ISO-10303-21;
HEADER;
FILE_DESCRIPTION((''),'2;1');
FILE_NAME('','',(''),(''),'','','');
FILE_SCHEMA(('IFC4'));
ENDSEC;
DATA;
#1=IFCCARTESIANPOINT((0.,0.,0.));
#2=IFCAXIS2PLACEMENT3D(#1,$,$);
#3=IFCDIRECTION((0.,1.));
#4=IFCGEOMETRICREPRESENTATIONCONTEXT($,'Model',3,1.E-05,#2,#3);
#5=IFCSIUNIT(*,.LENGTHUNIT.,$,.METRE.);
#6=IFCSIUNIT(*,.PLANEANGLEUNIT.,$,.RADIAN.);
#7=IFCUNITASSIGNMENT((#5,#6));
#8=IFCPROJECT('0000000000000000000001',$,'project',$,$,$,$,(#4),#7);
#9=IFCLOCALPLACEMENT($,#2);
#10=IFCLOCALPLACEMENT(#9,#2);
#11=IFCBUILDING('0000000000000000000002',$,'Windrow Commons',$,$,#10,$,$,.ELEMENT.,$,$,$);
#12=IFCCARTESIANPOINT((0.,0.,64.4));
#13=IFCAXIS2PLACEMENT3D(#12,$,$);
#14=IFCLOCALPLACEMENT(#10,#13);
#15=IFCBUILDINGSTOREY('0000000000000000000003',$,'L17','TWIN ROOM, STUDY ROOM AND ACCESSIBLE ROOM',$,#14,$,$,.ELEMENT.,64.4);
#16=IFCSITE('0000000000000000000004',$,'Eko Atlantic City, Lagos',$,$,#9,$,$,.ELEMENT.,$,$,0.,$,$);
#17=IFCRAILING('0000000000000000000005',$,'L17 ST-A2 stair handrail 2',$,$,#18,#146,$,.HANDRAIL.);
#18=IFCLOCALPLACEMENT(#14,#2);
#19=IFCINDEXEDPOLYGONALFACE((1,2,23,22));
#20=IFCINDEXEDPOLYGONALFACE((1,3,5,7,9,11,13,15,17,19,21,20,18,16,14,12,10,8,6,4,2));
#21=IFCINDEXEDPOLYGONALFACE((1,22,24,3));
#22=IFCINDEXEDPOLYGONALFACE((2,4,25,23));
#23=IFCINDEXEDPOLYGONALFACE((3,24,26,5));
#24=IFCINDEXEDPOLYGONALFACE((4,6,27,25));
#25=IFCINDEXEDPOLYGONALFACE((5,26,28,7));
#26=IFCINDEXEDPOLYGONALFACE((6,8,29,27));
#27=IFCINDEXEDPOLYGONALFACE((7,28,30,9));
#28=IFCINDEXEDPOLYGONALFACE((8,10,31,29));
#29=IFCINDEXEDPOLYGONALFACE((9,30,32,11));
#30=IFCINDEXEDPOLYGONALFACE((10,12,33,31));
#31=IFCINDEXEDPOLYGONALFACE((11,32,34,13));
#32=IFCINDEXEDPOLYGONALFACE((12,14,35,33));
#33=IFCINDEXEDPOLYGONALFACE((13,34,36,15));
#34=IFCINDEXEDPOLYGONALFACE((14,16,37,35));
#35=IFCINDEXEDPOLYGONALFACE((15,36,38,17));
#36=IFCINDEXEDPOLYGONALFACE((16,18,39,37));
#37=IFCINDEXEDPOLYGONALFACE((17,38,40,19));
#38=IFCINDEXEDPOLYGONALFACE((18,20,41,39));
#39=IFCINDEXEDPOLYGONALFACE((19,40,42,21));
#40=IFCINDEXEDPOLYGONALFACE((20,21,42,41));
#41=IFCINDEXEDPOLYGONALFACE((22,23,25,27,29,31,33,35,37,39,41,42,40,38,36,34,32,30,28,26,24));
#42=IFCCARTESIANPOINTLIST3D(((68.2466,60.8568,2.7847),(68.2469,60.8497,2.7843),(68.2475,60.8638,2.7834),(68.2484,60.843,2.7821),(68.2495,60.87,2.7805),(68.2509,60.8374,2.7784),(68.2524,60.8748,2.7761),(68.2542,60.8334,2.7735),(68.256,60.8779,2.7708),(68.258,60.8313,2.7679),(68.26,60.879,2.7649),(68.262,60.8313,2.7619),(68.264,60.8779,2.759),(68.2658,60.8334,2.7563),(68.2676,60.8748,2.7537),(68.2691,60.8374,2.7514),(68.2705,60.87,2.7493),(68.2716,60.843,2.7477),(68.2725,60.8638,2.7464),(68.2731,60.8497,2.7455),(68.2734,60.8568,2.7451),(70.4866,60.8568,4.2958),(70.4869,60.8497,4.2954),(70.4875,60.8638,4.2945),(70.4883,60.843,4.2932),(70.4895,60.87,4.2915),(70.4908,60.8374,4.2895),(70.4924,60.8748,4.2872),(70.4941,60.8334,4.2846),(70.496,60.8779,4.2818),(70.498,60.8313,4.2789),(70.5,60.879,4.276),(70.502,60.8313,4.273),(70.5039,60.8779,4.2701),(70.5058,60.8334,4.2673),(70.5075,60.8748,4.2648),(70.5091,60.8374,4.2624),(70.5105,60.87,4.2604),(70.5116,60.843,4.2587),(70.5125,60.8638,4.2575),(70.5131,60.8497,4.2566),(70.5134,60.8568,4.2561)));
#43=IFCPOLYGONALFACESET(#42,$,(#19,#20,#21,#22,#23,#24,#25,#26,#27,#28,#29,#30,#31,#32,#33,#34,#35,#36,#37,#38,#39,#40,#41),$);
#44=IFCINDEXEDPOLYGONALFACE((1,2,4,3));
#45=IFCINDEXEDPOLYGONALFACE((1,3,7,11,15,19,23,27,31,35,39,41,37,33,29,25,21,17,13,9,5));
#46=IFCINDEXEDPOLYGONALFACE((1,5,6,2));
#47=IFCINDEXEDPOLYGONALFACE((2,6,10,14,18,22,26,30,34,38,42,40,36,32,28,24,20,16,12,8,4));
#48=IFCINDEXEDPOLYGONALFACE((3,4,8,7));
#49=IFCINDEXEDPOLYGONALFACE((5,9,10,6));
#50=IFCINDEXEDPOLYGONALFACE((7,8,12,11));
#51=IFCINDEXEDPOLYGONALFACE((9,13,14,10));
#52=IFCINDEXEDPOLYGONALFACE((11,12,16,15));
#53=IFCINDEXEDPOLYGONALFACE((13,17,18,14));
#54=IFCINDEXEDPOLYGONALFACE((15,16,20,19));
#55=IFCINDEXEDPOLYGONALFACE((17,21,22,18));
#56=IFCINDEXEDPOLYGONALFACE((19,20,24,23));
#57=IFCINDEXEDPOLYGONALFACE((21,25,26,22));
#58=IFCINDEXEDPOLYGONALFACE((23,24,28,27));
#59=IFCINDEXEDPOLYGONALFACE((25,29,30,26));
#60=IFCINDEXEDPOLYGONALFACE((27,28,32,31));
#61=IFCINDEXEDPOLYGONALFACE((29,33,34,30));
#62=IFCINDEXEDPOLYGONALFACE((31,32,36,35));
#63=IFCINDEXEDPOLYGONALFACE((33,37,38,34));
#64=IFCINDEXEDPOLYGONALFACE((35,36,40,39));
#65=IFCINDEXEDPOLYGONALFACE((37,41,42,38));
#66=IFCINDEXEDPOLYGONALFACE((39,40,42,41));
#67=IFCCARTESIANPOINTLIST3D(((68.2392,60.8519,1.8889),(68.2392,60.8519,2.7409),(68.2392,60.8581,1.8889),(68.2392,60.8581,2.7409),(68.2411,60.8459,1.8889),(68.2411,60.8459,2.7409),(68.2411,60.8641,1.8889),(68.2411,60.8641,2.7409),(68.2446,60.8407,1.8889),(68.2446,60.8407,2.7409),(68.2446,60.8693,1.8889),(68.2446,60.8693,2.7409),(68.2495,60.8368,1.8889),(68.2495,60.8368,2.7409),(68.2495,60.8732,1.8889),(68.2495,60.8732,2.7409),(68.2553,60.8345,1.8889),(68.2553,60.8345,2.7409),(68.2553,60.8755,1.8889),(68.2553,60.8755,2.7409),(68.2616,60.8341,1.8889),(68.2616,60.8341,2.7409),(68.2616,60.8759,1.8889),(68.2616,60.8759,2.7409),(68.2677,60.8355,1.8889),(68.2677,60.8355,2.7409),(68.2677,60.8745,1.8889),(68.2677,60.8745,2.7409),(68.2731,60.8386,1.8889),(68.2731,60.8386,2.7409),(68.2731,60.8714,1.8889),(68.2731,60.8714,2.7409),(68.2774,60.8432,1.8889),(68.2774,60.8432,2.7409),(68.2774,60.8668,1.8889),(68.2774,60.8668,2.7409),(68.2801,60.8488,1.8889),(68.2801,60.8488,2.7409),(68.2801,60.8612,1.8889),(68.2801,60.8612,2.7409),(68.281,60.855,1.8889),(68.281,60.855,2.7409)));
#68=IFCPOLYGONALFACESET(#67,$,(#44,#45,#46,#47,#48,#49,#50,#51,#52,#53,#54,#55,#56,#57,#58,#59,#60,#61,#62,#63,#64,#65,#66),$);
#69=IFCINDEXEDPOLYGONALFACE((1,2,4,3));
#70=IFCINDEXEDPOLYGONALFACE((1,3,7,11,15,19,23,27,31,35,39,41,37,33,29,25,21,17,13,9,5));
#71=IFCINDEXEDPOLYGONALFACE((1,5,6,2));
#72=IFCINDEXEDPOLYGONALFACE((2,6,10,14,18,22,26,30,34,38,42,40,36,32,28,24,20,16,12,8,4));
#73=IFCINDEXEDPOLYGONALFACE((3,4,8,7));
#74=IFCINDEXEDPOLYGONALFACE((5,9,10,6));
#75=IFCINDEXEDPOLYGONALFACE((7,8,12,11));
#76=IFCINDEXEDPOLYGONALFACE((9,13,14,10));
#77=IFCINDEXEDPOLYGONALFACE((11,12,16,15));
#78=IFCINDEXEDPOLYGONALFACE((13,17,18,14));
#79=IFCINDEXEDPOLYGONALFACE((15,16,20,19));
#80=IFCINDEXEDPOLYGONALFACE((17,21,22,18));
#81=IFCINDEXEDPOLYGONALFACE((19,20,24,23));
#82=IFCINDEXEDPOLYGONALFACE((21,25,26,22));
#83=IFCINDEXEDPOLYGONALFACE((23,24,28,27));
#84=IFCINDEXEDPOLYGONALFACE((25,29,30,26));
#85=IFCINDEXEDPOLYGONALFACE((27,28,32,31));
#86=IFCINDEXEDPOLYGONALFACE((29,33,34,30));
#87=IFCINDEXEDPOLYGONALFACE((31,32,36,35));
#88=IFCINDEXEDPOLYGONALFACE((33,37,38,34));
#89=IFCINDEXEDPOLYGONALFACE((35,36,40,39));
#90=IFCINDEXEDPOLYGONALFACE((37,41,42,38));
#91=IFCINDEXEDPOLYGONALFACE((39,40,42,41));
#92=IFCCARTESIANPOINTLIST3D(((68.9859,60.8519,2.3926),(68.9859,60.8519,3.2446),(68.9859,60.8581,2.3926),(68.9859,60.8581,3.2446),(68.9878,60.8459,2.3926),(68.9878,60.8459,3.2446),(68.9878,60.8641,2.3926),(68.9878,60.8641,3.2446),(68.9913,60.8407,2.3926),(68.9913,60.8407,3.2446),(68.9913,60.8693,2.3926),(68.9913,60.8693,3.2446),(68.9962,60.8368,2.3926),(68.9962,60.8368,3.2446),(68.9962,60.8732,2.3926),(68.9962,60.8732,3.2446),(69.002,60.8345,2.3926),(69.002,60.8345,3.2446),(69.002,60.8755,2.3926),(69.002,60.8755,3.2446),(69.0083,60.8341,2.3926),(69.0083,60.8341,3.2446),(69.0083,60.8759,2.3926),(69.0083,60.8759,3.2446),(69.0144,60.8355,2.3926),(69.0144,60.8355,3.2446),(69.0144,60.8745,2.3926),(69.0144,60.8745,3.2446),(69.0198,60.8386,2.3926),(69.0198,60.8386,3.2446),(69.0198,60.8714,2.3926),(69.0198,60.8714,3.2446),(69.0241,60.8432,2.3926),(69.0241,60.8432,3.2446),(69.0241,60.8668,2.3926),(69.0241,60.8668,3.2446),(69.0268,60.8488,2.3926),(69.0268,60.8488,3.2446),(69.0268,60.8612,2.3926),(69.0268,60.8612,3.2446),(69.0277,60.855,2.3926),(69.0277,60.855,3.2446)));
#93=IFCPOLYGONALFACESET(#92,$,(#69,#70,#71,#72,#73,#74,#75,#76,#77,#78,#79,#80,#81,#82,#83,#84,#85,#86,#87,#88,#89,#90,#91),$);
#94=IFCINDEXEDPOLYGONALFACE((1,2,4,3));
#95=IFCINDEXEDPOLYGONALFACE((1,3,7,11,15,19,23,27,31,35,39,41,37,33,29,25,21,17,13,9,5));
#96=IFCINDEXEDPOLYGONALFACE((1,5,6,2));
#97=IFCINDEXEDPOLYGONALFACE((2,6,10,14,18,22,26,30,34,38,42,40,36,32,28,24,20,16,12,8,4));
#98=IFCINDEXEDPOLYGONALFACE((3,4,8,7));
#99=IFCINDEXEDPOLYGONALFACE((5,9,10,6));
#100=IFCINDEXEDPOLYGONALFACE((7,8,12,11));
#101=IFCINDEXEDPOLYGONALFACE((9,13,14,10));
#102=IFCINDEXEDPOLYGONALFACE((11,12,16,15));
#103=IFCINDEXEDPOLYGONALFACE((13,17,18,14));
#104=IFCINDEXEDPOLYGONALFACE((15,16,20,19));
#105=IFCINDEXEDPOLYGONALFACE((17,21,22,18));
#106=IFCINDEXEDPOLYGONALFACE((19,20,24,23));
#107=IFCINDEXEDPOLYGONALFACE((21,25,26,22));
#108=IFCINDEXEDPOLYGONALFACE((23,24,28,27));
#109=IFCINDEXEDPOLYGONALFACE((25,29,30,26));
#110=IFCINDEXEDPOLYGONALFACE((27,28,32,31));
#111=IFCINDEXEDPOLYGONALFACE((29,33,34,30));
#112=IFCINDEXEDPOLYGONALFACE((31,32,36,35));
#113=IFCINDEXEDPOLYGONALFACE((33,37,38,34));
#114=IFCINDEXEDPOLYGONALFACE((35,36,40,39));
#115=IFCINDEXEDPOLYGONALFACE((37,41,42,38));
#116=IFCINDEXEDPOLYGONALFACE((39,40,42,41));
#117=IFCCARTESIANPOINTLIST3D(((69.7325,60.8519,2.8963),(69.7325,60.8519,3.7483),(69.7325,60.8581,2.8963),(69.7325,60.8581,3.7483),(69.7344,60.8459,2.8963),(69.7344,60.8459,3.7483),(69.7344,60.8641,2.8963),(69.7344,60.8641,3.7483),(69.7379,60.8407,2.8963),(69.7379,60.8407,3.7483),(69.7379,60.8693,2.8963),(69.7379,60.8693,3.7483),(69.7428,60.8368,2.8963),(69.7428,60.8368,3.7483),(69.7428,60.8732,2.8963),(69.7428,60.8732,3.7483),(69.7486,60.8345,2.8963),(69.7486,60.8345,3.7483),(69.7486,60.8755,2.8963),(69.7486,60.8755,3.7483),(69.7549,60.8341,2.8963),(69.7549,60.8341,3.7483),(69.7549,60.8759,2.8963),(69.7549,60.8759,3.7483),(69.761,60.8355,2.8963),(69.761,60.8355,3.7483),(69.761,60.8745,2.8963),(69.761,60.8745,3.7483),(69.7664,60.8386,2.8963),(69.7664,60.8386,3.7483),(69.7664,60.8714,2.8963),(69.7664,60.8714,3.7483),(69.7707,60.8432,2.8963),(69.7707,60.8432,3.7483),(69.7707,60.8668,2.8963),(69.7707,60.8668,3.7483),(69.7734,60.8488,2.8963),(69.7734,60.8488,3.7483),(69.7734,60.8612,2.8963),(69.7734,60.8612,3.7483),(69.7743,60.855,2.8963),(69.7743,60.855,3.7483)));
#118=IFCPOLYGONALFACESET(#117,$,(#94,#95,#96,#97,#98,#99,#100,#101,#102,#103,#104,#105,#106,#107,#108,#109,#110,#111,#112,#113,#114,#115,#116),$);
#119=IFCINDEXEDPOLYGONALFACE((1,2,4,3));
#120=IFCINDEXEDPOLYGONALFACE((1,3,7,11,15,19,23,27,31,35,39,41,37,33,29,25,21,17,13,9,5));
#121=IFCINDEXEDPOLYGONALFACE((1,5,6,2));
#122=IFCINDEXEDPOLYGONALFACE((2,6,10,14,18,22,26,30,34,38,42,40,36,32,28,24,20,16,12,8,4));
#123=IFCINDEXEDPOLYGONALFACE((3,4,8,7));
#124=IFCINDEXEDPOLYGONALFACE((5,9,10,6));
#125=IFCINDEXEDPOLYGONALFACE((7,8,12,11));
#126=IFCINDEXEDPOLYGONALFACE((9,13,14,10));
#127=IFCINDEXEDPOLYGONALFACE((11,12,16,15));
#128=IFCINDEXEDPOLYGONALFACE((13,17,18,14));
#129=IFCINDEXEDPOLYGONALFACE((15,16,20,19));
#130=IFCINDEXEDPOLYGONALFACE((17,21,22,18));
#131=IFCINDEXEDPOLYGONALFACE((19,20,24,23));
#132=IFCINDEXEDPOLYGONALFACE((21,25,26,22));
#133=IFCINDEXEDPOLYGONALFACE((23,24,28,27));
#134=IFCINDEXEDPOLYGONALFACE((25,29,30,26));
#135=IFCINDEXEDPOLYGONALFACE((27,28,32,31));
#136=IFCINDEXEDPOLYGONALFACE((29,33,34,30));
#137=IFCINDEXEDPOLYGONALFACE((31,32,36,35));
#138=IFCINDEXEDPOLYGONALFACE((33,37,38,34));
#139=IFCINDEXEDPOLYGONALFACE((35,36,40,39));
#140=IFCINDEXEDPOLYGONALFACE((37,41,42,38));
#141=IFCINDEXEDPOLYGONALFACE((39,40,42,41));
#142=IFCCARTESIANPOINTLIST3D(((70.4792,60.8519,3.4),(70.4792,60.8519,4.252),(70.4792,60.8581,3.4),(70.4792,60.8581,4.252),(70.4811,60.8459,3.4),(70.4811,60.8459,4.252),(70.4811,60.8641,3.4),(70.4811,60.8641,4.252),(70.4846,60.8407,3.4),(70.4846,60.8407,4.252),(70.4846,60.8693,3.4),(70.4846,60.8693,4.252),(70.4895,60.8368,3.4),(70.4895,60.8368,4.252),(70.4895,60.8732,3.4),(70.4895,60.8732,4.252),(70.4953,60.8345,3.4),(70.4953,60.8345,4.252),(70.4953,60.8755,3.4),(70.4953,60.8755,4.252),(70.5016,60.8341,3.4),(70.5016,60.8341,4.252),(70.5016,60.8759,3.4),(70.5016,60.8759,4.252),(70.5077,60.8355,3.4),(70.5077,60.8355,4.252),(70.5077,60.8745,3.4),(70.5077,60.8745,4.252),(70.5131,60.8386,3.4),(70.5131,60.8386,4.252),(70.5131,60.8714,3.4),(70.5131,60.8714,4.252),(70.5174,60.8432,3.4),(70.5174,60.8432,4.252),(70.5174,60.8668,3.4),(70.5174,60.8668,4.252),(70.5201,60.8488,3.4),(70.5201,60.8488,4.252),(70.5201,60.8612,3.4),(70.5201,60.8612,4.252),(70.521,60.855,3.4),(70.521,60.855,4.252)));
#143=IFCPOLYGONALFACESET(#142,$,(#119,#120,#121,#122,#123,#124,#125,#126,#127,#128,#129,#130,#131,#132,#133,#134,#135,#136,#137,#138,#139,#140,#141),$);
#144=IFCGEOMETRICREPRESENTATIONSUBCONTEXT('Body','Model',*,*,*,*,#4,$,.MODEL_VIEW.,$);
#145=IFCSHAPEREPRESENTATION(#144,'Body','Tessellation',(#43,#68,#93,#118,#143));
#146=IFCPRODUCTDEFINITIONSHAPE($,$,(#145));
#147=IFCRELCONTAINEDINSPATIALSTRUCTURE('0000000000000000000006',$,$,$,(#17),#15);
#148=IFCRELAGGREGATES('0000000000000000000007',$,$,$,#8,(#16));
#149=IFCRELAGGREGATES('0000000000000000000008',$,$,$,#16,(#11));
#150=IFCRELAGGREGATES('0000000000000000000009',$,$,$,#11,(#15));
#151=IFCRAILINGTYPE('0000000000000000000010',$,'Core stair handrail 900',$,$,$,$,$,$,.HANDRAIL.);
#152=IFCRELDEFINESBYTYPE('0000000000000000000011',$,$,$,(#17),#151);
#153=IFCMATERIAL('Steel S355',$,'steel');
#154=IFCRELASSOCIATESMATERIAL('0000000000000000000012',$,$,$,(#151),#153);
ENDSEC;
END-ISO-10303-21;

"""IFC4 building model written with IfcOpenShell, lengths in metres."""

from ifc_helpers import new_model, si_unit, direction, frame, origin, origin_2d, place, context, subcontext, project, spatial, circle, extrude, material, type_object, element, save


model = new_model("IFC4")

# Units and contexts
model_context = context("Model", 3, precision=1e-05, world=origin(), true_north=direction((0.0, 1.0)))
body_context = subcontext(model_context, "Body", "Model", "MODEL_VIEW")
ifc_project = project(units=[si_unit("LENGTHUNIT", "METRE"), si_unit("PLANEANGLEUNIT", "RADIAN")], contexts=[model_context])

# Site, building, storey
site_placement = place(None, origin())
site = spatial("IfcSite", under=ifc_project, at=site_placement, Name="Eko Atlantic City, Lagos", CompositionType="ELEMENT", RefElevation=0.0)
building_placement = place(site_placement, origin())
building = spatial("IfcBuilding", under=site, at=building_placement, Name="Windrow Commons", CompositionType="ELEMENT")
storey_placement = place(building_placement, frame((0.0, 0.0, 64.4)))
storey = spatial("IfcBuildingStorey", under=building, at=storey_placement, Name="L17", Description="TWIN ROOM, STUDY ROOM AND ACCESSIBLE ROOM", CompositionType="ELEMENT", Elevation=64.4)

# Railing
ifc_material_1 = material(Name="Steel S355", Category="steel")
railing_type_1 = type_object("IfcRailingType", Name="Core stair handrail 900", PredefinedType="HANDRAIL", material=ifc_material_1)
railing_1_placement = place(storey_placement, frame((68.26, 60.855, 1.8889)))
element("IfcRailing", 1, at=railing_1_placement, inside=storey, type_object=railing_type_1, Name="L17 ST-A2 stair handrail 2", PredefinedType="HANDRAIL", context=body_context, shape_type="SweptSolid", body=[
    extrude(circle(Radius=0.024, at=origin_2d()), frame((0.0, 0.0, 0.876), z_axis=(0.829003, 0.0, 0.559244), x_axis=(0.0, 1.0, 0.0)), (0.0, 0.0, 1.0), 2.702),
    extrude(circle(Radius=0.021, at=origin_2d()), origin(), (0.0, 0.0, 1.0), 0.852),
    extrude(circle(Radius=0.021, at=origin_2d()), frame((0.7467, 0.0, 0.5037)), (0.0, 0.0, 1.0), 0.852),
    extrude(circle(Radius=0.021, at=origin_2d()), frame((1.4933, 0.0, 1.0074)), (0.0, 0.0, 1.0), 0.852),
    extrude(circle(Radius=0.021, at=origin_2d()), frame((2.24, 0.0, 1.5111)), (0.0, 0.0, 1.0), 0.852),
])

save(model, "model.ifc")
